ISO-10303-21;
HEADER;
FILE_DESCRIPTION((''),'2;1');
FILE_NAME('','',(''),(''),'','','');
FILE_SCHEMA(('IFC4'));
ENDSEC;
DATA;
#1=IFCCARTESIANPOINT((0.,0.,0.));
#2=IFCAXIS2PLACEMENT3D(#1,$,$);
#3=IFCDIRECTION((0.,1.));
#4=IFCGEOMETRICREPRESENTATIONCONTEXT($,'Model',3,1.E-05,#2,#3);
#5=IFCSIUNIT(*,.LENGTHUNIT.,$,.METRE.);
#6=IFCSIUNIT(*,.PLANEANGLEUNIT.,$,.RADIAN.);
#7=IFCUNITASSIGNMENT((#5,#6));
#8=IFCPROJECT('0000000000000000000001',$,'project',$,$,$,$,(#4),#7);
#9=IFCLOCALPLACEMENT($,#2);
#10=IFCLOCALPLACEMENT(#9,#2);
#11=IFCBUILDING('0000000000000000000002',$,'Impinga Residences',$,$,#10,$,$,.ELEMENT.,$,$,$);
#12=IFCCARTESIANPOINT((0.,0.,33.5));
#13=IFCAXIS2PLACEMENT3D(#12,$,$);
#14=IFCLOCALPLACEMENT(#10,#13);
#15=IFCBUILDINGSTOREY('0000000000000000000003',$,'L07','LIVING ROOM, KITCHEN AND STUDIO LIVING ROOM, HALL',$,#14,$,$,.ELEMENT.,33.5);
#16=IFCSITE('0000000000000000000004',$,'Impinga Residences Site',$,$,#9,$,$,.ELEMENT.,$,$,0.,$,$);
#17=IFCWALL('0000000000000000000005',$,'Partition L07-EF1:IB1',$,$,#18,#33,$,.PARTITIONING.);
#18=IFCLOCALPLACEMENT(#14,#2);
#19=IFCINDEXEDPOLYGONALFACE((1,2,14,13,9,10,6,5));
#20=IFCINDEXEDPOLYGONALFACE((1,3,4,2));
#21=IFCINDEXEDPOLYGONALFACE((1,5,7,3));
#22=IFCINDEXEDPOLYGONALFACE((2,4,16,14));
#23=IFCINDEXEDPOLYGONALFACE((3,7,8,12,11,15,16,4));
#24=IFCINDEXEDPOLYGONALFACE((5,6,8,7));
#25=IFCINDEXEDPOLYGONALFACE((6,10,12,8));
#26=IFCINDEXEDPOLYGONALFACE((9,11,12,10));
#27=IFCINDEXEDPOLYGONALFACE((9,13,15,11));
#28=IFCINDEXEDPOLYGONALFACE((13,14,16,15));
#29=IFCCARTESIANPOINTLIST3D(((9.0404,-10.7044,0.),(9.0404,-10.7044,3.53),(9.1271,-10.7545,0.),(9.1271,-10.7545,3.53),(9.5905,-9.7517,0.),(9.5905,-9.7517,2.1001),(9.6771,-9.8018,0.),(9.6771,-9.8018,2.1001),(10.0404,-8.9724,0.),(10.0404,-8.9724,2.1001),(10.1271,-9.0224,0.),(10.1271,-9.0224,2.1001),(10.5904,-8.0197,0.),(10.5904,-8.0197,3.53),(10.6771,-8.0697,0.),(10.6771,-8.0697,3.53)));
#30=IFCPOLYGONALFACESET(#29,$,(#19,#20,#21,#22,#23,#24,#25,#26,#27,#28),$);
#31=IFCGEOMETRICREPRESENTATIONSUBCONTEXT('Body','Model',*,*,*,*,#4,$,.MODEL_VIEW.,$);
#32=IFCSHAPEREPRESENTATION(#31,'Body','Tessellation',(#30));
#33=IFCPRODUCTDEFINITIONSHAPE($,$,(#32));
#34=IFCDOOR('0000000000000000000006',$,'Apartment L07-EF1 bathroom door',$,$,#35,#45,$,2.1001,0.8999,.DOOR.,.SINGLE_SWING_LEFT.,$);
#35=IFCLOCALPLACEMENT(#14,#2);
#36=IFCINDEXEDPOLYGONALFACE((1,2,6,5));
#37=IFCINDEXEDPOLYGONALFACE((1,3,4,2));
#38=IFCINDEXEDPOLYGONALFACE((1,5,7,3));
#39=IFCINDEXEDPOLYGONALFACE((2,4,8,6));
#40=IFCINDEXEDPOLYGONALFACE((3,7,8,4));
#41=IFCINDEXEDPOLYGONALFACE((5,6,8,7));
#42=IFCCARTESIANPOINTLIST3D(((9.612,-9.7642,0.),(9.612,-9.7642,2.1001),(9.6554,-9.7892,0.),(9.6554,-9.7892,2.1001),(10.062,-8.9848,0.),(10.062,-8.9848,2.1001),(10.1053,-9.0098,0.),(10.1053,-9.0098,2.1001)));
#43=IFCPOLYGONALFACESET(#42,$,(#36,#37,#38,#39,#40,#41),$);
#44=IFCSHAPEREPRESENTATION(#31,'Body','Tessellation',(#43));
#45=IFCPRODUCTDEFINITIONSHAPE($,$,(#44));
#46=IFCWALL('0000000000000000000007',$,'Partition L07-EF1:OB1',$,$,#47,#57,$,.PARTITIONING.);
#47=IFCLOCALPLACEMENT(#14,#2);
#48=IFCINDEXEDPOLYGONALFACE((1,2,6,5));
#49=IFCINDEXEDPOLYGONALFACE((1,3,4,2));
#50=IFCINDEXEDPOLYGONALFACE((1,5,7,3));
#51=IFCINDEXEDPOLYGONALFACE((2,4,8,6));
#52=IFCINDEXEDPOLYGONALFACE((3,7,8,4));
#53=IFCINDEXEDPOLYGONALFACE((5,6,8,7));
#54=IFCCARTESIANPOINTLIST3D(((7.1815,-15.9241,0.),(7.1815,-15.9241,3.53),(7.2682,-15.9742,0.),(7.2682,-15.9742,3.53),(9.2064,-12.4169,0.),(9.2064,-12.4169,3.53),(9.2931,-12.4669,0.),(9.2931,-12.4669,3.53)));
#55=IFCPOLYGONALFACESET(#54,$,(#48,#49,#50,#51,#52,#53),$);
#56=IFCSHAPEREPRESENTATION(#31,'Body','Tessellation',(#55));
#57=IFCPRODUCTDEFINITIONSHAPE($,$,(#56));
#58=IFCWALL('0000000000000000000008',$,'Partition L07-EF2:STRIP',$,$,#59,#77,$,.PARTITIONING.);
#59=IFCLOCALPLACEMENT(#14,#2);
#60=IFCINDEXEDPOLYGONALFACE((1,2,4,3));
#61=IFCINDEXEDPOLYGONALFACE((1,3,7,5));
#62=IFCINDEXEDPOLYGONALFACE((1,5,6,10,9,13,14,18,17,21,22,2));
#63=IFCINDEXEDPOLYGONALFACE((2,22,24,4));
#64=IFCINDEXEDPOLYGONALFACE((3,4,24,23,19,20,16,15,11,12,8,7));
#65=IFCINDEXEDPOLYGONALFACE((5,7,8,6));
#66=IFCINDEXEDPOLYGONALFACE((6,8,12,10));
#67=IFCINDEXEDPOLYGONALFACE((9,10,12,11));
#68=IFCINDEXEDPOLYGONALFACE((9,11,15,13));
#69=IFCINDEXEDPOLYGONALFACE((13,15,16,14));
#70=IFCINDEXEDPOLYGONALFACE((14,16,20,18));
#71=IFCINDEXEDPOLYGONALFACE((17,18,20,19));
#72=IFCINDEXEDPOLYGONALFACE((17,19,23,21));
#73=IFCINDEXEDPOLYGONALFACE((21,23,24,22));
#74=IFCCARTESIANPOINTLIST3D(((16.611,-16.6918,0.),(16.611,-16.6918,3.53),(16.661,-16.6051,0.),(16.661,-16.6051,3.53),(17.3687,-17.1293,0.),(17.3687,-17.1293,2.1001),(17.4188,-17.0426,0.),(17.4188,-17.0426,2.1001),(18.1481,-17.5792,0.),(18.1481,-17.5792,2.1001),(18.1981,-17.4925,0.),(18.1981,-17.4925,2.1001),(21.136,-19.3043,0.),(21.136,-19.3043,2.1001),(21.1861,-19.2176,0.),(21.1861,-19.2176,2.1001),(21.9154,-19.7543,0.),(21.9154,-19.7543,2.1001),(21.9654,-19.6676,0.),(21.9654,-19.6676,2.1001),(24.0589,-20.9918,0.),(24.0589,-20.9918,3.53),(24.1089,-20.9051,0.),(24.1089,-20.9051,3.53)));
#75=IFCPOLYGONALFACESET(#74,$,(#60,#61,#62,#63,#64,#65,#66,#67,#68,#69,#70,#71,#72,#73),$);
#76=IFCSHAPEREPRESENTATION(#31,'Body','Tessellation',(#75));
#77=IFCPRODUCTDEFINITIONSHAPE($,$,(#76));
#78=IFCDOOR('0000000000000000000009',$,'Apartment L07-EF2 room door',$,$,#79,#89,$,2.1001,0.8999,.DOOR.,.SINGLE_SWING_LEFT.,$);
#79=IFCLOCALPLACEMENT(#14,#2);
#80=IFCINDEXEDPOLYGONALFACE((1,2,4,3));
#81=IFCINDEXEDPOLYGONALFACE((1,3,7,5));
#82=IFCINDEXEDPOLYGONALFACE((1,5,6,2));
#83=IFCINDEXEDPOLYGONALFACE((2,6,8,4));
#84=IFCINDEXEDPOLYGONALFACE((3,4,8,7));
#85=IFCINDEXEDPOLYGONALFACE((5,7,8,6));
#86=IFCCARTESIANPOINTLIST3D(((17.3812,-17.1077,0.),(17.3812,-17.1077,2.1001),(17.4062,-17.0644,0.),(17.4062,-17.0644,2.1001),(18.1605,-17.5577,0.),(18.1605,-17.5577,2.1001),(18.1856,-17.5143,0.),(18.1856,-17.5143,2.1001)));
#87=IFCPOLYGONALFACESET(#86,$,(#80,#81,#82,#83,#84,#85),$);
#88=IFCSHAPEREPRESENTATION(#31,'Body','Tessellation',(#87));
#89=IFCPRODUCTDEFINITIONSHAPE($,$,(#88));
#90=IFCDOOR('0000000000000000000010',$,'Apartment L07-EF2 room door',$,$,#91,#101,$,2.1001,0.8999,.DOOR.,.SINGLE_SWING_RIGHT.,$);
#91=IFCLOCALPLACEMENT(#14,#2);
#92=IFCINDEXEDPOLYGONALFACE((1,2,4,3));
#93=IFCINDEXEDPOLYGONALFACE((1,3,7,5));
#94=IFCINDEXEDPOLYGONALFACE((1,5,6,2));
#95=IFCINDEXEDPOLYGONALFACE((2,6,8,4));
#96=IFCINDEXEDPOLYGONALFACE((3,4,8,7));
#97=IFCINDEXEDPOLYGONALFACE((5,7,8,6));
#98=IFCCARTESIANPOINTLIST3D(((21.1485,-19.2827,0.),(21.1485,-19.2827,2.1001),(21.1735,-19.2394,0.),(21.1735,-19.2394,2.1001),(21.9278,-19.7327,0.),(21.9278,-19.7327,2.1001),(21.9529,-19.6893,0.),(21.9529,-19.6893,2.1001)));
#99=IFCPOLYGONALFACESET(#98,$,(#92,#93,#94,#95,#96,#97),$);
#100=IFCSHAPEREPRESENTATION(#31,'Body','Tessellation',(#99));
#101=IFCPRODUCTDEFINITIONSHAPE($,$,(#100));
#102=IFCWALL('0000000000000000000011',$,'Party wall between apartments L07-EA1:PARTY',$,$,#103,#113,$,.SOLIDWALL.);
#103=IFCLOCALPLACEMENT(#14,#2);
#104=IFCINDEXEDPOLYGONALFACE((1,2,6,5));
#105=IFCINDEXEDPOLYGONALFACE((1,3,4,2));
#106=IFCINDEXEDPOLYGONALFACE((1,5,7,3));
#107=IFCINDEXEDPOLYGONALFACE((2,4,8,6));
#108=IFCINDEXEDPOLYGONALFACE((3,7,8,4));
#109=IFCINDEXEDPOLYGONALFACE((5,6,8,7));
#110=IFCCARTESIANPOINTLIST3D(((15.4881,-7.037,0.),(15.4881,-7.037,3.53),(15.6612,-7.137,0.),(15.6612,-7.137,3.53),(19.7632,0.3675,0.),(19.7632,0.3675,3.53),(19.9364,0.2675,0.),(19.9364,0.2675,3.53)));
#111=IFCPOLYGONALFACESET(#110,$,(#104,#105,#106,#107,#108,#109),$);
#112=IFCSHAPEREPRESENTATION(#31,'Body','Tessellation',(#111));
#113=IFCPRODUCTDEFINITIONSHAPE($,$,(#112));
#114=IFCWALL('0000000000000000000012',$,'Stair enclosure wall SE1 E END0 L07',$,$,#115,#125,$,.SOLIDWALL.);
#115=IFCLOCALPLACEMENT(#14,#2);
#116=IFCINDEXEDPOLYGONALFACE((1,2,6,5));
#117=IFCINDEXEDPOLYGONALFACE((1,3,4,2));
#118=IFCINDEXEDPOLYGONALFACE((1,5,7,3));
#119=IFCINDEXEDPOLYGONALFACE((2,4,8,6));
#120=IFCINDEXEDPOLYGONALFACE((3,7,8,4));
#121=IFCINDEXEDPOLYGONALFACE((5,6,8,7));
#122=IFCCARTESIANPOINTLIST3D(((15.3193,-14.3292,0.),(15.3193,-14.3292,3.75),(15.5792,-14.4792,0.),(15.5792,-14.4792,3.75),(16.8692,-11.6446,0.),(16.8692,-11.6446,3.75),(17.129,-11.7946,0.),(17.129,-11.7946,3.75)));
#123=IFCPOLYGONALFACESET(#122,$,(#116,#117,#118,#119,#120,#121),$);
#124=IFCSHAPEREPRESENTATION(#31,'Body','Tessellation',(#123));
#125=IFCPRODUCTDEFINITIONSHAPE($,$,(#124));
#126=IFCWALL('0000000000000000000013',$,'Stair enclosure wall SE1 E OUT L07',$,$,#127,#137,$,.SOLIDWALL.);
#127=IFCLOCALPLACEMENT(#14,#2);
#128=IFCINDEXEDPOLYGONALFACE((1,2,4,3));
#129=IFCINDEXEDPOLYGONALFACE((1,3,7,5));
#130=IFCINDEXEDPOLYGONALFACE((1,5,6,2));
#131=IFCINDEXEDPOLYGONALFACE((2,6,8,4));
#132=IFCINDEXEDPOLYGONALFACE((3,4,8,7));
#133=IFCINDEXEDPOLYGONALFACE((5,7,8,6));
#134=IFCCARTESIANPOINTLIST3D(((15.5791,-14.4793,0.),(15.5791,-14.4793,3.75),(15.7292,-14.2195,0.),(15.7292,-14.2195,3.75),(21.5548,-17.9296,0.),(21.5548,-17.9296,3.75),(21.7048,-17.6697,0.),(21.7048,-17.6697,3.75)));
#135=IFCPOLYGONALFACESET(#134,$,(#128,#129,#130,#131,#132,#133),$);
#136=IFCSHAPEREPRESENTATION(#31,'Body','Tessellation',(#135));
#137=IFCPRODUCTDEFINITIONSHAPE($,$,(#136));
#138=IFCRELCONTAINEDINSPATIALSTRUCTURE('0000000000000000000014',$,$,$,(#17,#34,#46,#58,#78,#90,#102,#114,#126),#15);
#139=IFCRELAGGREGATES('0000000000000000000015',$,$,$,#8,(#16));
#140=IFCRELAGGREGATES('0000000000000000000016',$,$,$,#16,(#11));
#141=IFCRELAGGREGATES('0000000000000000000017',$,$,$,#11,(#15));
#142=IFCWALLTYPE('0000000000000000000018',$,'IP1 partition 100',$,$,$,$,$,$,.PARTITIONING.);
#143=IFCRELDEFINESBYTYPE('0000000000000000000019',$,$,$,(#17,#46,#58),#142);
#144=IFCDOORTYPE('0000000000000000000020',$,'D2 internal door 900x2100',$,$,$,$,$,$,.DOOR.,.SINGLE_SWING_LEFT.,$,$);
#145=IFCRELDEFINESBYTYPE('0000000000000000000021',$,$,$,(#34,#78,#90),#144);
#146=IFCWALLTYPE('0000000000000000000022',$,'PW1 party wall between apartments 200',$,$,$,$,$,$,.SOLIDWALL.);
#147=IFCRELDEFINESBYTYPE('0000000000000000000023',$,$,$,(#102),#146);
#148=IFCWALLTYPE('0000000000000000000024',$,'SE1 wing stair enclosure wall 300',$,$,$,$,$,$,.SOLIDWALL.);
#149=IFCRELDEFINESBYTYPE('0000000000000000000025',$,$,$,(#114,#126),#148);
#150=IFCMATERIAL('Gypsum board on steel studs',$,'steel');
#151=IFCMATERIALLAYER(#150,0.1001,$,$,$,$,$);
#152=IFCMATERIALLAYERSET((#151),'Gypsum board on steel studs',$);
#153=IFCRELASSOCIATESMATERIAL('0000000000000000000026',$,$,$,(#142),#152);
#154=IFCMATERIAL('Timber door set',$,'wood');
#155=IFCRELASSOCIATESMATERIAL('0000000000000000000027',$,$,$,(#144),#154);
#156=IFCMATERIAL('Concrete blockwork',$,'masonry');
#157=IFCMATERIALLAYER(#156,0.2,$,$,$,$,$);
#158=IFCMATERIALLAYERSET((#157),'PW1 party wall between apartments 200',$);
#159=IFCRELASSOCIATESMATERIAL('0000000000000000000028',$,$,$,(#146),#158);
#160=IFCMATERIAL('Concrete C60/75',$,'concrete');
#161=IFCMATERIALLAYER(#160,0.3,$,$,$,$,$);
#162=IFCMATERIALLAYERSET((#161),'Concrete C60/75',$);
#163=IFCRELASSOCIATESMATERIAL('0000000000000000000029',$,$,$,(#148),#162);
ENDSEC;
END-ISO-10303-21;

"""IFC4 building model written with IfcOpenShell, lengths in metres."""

from ifc_helpers import new_model, si_unit, direction, frame, frame_2d, origin, place, context, subcontext, project, spatial, rectangle, extrude, material, layer, layer_set, type_object, element, fill, save


model = new_model("IFC4")

# Units and contexts
model_context = context("Model", 3, precision=1e-05, world=origin(), true_north=direction((0.0, 1.0)))
body_context = subcontext(model_context, "Body", "Model", "MODEL_VIEW")
ifc_project = project(units=[si_unit("LENGTHUNIT", "METRE"), si_unit("PLANEANGLEUNIT", "RADIAN")], contexts=[model_context])

# Site, building, storey
site_placement = place(None, origin())
site = spatial("IfcSite", under=ifc_project, at=site_placement, Name="Impinga Residences Site", CompositionType="ELEMENT", RefElevation=0.0)
building_placement = place(site_placement, origin())
building = spatial("IfcBuilding", under=site, at=building_placement, Name="Impinga Residences", CompositionType="ELEMENT")
storey_placement = place(building_placement, frame((0.0, 0.0, 33.5)))
storey = spatial("IfcBuildingStorey", under=building, at=storey_placement, Name="L07", Description="LIVING ROOM, KITCHEN AND STUDIO LIVING ROOM, HALL", CompositionType="ELEMENT", Elevation=33.5)

# Shared definitions
ifc_material_1 = material(Name="Concrete C60/75", Category="concrete")

# Shared definitions
ifc_material_2 = material(Name="Gypsum board on steel studs", Category="steel")
ifc_layer_1 = layer(ifc_material_2, 0.1001)
ifc_layer_set_1 = layer_set([ifc_layer_1], Name="Gypsum board on steel studs")
wall_type_1 = type_object("IfcWallType", Name="IP1 partition 100", PredefinedType="PARTITIONING", material=ifc_layer_set_1)
ifc_material_3 = material(Name="Timber door set", Category="wood")
door_type = type_object("IfcDoorType", Name="D2 internal door 900x2100", OperationType="SINGLE_SWING_LEFT", PredefinedType="DOOR", material=ifc_material_3)

# Wall, opening, door
wall_1_placement = place(storey_placement, frame((10.6338, -8.0447, 0.0), z_axis=(0.0, 0.0, 1.0), x_axis=(-0.499993, -0.86603, 0.0)))
wall_1 = element("IfcWall", 1, at=wall_1_placement, inside=storey, type_object=wall_type_1, Name="Partition L07-EF1:IB1", PredefinedType="PARTITIONING", context=body_context, shape_type="SweptSolid", body=[
    extrude(rectangle(XDim=3.1001, YDim=0.1001, at=frame_2d((1.55, 0.0))), origin(), (0.0, 0.0, 1.0), 3.53),
])
opening_1_placement = place(wall_1_placement, frame((1.1001, 0.0, 0.0)))
opening_1 = element("IfcOpeningElement", 2, at=opening_1_placement, cuts=wall_1, PredefinedType="OPENING", context=body_context, shape_type="SweptSolid", body=[
    extrude(rectangle(XDim=0.8999, YDim=2.1001, at=frame_2d((0.45, 1.05))), frame((0.0, 0.0601, 0.0), z_axis=(0.0, -1.0, 0.0), x_axis=(1.0, 0.0, 0.0)), (0.0, 0.0, 1.0), 0.1201),
])
door_1_placement = place(opening_1_placement, origin())
door_1 = element("IfcDoor", 3, at=door_1_placement, inside=storey, type_object=door_type, Name="Apartment L07-EF1 bathroom door", OperationType="SINGLE_SWING_LEFT", OverallHeight=2.1001, OverallWidth=0.8999, PredefinedType="DOOR", context=body_context, shape_type="SweptSolid", body=[
    extrude(rectangle(XDim=0.8999, YDim=2.1001, at=frame_2d((0.45, 1.05))), frame((0.0, 0.0249, 0.0), z_axis=(0.0, -1.0, 0.0), x_axis=(1.0, 0.0, 0.0)), (0.0, 0.0, 1.0), 0.05),
])
fill(opening_1, door_1)

# Wall
wall_2_placement = place(storey_placement, frame((9.2498, -12.4419, 0.0), z_axis=(0.0, 0.0, 1.0), x_axis=(-0.49999, -0.866031, 0.0)))
element("IfcWall", 4, at=wall_2_placement, inside=storey, type_object=wall_type_1, Name="Partition L07-EF1:OB1", PredefinedType="PARTITIONING", context=body_context, shape_type="SweptSolid", body=[
    extrude(rectangle(XDim=4.0498, YDim=0.1001, at=frame_2d((2.0249, 0.0))), origin(), (0.0, 0.0, 1.0), 3.53),
])

# Wall, openings, doors
wall_3_placement = place(storey_placement, frame((16.636, -16.6484, 0.0), z_axis=(0.0, 0.0, 1.0), x_axis=(0.866028, -0.499995, 0.0)))
wall_3 = element("IfcWall", 5, at=wall_3_placement, inside=storey, type_object=wall_type_1, Name="Partition L07-EF2:STRIP", PredefinedType="PARTITIONING", context=body_context, shape_type="SweptSolid", body=[
    extrude(rectangle(XDim=8.6001, YDim=0.1001, at=frame_2d((4.3, 0.0))), origin(), (0.0, 0.0, 1.0), 3.53),
])
opening_2_placement = place(wall_3_placement, frame((0.875, 0.0, 0.0)))
opening_2 = element("IfcOpeningElement", 6, at=opening_2_placement, cuts=wall_3, PredefinedType="OPENING", context=body_context, shape_type="SweptSolid", body=[
    extrude(rectangle(XDim=0.8999, YDim=2.1001, at=frame_2d((0.45, 1.05))), frame((0.0, 0.0601, 0.0), z_axis=(0.0, -1.0, 0.0), x_axis=(1.0, 0.0, 0.0)), (0.0, 0.0, 1.0), 0.1201),
])
opening_3_placement = place(wall_3_placement, frame((5.2251, 0.0, 0.0)))
opening_3 = element("IfcOpeningElement", 7, at=opening_3_placement, cuts=wall_3, PredefinedType="OPENING", context=body_context, shape_type="SweptSolid", body=[
    extrude(rectangle(XDim=0.8999, YDim=2.1001, at=frame_2d((0.45, 1.05))), frame((0.0, 0.0601, 0.0), z_axis=(0.0, -1.0, 0.0), x_axis=(1.0, 0.0, 0.0)), (0.0, 0.0, 1.0), 0.1201),
])
door_2_placement = place(opening_2_placement, origin())
door_2 = element("IfcDoor", 8, at=door_2_placement, inside=storey, type_object=door_type, Name="Apartment L07-EF2 room door", OperationType="SINGLE_SWING_LEFT", OverallHeight=2.1001, OverallWidth=0.8999, PredefinedType="DOOR", context=body_context, shape_type="SweptSolid", body=[
    extrude(rectangle(XDim=0.8999, YDim=2.1001, at=frame_2d((0.45, 1.05))), frame((0.0, 0.0249, 0.0), z_axis=(0.0, -1.0, 0.0), x_axis=(1.0, 0.0, 0.0)), (0.0, 0.0, 1.0), 0.05),
])
fill(opening_2, door_2)
door_3_placement = place(opening_3_placement, origin())
door_3 = element("IfcDoor", 9, at=door_3_placement, inside=storey, type_object=door_type, Name="Apartment L07-EF2 room door", OperationType="SINGLE_SWING_RIGHT", OverallHeight=2.1001, OverallWidth=0.8999, PredefinedType="DOOR", context=body_context, shape_type="SweptSolid", body=[
    extrude(rectangle(XDim=0.8999, YDim=2.1001, at=frame_2d((0.45, 1.05))), frame((0.0, 0.0249, 0.0), z_axis=(0.0, -1.0, 0.0), x_axis=(1.0, 0.0, 0.0)), (0.0, 0.0, 1.0), 0.05),
])
fill(opening_3, door_3)

# Walls
ifc_material_4 = material(Name="Concrete blockwork", Category="masonry")
ifc_layer_2 = layer(ifc_material_4, 0.2)
ifc_layer_set_2 = layer_set([ifc_layer_2], Name="PW1 party wall between apartments 200")
wall_type_2 = type_object("IfcWallType", Name="PW1 party wall between apartments 200", PredefinedType="SOLIDWALL", material=ifc_layer_set_2)
wall_4_placement = place(storey_placement, frame((15.5747, -7.0869, 0.0), z_axis=(0.0, 0.0, 1.0), x_axis=(0.500012, 0.866019, 0.0)))
element("IfcWall", 10, at=wall_4_placement, inside=storey, type_object=wall_type_2, Name="Party wall between apartments L07-EA1:PARTY", PredefinedType="SOLIDWALL", context=body_context, shape_type="SweptSolid", body=[
    extrude(rectangle(XDim=8.55, YDim=0.2, at=frame_2d((4.2749, 0.0))), origin(), (0.0, 0.0, 1.0), 3.53),
])
ifc_layer_3 = layer(ifc_material_1, 0.3)
ifc_layer_set_3 = layer_set([ifc_layer_3], Name="Concrete C60/75")
wall_type_3 = type_object("IfcWallType", Name="SE1 wing stair enclosure wall 300", PredefinedType="SOLIDWALL", material=ifc_layer_set_3)
wall_5_placement = place(storey_placement, frame((16.999, -11.7197, 0.0), z_axis=(0.0, 0.0, 1.0), x_axis=(-0.499968, -0.866044, 0.0)))
element("IfcWall", 11, at=wall_5_placement, inside=storey, type_object=wall_type_3, Name="Stair enclosure wall SE1 E END0 L07", PredefinedType="SOLIDWALL", context=body_context, shape_type="SweptSolid", body=[
    extrude(rectangle(XDim=3.0999, YDim=0.3, at=frame_2d((1.5498, 0.0))), origin(), (0.0, 0.0, 1.0), 3.75),
])
wall_6_placement = place(storey_placement, frame((15.6541, -14.3494, 0.0), z_axis=(0.0, 0.0, 1.0), x_axis=(0.866014, -0.500021, 0.0)))
element("IfcWall", 12, at=wall_6_placement, inside=storey, type_object=wall_type_3, Name="Stair enclosure wall SE1 E OUT L07", PredefinedType="SOLIDWALL", context=body_context, shape_type="SweptSolid", body=[
    extrude(rectangle(XDim=6.9001, YDim=0.3, at=frame_2d((3.4502, 0.0))), origin(), (0.0, 0.0, 1.0), 3.75),
])

save(model, "model.ifc")
